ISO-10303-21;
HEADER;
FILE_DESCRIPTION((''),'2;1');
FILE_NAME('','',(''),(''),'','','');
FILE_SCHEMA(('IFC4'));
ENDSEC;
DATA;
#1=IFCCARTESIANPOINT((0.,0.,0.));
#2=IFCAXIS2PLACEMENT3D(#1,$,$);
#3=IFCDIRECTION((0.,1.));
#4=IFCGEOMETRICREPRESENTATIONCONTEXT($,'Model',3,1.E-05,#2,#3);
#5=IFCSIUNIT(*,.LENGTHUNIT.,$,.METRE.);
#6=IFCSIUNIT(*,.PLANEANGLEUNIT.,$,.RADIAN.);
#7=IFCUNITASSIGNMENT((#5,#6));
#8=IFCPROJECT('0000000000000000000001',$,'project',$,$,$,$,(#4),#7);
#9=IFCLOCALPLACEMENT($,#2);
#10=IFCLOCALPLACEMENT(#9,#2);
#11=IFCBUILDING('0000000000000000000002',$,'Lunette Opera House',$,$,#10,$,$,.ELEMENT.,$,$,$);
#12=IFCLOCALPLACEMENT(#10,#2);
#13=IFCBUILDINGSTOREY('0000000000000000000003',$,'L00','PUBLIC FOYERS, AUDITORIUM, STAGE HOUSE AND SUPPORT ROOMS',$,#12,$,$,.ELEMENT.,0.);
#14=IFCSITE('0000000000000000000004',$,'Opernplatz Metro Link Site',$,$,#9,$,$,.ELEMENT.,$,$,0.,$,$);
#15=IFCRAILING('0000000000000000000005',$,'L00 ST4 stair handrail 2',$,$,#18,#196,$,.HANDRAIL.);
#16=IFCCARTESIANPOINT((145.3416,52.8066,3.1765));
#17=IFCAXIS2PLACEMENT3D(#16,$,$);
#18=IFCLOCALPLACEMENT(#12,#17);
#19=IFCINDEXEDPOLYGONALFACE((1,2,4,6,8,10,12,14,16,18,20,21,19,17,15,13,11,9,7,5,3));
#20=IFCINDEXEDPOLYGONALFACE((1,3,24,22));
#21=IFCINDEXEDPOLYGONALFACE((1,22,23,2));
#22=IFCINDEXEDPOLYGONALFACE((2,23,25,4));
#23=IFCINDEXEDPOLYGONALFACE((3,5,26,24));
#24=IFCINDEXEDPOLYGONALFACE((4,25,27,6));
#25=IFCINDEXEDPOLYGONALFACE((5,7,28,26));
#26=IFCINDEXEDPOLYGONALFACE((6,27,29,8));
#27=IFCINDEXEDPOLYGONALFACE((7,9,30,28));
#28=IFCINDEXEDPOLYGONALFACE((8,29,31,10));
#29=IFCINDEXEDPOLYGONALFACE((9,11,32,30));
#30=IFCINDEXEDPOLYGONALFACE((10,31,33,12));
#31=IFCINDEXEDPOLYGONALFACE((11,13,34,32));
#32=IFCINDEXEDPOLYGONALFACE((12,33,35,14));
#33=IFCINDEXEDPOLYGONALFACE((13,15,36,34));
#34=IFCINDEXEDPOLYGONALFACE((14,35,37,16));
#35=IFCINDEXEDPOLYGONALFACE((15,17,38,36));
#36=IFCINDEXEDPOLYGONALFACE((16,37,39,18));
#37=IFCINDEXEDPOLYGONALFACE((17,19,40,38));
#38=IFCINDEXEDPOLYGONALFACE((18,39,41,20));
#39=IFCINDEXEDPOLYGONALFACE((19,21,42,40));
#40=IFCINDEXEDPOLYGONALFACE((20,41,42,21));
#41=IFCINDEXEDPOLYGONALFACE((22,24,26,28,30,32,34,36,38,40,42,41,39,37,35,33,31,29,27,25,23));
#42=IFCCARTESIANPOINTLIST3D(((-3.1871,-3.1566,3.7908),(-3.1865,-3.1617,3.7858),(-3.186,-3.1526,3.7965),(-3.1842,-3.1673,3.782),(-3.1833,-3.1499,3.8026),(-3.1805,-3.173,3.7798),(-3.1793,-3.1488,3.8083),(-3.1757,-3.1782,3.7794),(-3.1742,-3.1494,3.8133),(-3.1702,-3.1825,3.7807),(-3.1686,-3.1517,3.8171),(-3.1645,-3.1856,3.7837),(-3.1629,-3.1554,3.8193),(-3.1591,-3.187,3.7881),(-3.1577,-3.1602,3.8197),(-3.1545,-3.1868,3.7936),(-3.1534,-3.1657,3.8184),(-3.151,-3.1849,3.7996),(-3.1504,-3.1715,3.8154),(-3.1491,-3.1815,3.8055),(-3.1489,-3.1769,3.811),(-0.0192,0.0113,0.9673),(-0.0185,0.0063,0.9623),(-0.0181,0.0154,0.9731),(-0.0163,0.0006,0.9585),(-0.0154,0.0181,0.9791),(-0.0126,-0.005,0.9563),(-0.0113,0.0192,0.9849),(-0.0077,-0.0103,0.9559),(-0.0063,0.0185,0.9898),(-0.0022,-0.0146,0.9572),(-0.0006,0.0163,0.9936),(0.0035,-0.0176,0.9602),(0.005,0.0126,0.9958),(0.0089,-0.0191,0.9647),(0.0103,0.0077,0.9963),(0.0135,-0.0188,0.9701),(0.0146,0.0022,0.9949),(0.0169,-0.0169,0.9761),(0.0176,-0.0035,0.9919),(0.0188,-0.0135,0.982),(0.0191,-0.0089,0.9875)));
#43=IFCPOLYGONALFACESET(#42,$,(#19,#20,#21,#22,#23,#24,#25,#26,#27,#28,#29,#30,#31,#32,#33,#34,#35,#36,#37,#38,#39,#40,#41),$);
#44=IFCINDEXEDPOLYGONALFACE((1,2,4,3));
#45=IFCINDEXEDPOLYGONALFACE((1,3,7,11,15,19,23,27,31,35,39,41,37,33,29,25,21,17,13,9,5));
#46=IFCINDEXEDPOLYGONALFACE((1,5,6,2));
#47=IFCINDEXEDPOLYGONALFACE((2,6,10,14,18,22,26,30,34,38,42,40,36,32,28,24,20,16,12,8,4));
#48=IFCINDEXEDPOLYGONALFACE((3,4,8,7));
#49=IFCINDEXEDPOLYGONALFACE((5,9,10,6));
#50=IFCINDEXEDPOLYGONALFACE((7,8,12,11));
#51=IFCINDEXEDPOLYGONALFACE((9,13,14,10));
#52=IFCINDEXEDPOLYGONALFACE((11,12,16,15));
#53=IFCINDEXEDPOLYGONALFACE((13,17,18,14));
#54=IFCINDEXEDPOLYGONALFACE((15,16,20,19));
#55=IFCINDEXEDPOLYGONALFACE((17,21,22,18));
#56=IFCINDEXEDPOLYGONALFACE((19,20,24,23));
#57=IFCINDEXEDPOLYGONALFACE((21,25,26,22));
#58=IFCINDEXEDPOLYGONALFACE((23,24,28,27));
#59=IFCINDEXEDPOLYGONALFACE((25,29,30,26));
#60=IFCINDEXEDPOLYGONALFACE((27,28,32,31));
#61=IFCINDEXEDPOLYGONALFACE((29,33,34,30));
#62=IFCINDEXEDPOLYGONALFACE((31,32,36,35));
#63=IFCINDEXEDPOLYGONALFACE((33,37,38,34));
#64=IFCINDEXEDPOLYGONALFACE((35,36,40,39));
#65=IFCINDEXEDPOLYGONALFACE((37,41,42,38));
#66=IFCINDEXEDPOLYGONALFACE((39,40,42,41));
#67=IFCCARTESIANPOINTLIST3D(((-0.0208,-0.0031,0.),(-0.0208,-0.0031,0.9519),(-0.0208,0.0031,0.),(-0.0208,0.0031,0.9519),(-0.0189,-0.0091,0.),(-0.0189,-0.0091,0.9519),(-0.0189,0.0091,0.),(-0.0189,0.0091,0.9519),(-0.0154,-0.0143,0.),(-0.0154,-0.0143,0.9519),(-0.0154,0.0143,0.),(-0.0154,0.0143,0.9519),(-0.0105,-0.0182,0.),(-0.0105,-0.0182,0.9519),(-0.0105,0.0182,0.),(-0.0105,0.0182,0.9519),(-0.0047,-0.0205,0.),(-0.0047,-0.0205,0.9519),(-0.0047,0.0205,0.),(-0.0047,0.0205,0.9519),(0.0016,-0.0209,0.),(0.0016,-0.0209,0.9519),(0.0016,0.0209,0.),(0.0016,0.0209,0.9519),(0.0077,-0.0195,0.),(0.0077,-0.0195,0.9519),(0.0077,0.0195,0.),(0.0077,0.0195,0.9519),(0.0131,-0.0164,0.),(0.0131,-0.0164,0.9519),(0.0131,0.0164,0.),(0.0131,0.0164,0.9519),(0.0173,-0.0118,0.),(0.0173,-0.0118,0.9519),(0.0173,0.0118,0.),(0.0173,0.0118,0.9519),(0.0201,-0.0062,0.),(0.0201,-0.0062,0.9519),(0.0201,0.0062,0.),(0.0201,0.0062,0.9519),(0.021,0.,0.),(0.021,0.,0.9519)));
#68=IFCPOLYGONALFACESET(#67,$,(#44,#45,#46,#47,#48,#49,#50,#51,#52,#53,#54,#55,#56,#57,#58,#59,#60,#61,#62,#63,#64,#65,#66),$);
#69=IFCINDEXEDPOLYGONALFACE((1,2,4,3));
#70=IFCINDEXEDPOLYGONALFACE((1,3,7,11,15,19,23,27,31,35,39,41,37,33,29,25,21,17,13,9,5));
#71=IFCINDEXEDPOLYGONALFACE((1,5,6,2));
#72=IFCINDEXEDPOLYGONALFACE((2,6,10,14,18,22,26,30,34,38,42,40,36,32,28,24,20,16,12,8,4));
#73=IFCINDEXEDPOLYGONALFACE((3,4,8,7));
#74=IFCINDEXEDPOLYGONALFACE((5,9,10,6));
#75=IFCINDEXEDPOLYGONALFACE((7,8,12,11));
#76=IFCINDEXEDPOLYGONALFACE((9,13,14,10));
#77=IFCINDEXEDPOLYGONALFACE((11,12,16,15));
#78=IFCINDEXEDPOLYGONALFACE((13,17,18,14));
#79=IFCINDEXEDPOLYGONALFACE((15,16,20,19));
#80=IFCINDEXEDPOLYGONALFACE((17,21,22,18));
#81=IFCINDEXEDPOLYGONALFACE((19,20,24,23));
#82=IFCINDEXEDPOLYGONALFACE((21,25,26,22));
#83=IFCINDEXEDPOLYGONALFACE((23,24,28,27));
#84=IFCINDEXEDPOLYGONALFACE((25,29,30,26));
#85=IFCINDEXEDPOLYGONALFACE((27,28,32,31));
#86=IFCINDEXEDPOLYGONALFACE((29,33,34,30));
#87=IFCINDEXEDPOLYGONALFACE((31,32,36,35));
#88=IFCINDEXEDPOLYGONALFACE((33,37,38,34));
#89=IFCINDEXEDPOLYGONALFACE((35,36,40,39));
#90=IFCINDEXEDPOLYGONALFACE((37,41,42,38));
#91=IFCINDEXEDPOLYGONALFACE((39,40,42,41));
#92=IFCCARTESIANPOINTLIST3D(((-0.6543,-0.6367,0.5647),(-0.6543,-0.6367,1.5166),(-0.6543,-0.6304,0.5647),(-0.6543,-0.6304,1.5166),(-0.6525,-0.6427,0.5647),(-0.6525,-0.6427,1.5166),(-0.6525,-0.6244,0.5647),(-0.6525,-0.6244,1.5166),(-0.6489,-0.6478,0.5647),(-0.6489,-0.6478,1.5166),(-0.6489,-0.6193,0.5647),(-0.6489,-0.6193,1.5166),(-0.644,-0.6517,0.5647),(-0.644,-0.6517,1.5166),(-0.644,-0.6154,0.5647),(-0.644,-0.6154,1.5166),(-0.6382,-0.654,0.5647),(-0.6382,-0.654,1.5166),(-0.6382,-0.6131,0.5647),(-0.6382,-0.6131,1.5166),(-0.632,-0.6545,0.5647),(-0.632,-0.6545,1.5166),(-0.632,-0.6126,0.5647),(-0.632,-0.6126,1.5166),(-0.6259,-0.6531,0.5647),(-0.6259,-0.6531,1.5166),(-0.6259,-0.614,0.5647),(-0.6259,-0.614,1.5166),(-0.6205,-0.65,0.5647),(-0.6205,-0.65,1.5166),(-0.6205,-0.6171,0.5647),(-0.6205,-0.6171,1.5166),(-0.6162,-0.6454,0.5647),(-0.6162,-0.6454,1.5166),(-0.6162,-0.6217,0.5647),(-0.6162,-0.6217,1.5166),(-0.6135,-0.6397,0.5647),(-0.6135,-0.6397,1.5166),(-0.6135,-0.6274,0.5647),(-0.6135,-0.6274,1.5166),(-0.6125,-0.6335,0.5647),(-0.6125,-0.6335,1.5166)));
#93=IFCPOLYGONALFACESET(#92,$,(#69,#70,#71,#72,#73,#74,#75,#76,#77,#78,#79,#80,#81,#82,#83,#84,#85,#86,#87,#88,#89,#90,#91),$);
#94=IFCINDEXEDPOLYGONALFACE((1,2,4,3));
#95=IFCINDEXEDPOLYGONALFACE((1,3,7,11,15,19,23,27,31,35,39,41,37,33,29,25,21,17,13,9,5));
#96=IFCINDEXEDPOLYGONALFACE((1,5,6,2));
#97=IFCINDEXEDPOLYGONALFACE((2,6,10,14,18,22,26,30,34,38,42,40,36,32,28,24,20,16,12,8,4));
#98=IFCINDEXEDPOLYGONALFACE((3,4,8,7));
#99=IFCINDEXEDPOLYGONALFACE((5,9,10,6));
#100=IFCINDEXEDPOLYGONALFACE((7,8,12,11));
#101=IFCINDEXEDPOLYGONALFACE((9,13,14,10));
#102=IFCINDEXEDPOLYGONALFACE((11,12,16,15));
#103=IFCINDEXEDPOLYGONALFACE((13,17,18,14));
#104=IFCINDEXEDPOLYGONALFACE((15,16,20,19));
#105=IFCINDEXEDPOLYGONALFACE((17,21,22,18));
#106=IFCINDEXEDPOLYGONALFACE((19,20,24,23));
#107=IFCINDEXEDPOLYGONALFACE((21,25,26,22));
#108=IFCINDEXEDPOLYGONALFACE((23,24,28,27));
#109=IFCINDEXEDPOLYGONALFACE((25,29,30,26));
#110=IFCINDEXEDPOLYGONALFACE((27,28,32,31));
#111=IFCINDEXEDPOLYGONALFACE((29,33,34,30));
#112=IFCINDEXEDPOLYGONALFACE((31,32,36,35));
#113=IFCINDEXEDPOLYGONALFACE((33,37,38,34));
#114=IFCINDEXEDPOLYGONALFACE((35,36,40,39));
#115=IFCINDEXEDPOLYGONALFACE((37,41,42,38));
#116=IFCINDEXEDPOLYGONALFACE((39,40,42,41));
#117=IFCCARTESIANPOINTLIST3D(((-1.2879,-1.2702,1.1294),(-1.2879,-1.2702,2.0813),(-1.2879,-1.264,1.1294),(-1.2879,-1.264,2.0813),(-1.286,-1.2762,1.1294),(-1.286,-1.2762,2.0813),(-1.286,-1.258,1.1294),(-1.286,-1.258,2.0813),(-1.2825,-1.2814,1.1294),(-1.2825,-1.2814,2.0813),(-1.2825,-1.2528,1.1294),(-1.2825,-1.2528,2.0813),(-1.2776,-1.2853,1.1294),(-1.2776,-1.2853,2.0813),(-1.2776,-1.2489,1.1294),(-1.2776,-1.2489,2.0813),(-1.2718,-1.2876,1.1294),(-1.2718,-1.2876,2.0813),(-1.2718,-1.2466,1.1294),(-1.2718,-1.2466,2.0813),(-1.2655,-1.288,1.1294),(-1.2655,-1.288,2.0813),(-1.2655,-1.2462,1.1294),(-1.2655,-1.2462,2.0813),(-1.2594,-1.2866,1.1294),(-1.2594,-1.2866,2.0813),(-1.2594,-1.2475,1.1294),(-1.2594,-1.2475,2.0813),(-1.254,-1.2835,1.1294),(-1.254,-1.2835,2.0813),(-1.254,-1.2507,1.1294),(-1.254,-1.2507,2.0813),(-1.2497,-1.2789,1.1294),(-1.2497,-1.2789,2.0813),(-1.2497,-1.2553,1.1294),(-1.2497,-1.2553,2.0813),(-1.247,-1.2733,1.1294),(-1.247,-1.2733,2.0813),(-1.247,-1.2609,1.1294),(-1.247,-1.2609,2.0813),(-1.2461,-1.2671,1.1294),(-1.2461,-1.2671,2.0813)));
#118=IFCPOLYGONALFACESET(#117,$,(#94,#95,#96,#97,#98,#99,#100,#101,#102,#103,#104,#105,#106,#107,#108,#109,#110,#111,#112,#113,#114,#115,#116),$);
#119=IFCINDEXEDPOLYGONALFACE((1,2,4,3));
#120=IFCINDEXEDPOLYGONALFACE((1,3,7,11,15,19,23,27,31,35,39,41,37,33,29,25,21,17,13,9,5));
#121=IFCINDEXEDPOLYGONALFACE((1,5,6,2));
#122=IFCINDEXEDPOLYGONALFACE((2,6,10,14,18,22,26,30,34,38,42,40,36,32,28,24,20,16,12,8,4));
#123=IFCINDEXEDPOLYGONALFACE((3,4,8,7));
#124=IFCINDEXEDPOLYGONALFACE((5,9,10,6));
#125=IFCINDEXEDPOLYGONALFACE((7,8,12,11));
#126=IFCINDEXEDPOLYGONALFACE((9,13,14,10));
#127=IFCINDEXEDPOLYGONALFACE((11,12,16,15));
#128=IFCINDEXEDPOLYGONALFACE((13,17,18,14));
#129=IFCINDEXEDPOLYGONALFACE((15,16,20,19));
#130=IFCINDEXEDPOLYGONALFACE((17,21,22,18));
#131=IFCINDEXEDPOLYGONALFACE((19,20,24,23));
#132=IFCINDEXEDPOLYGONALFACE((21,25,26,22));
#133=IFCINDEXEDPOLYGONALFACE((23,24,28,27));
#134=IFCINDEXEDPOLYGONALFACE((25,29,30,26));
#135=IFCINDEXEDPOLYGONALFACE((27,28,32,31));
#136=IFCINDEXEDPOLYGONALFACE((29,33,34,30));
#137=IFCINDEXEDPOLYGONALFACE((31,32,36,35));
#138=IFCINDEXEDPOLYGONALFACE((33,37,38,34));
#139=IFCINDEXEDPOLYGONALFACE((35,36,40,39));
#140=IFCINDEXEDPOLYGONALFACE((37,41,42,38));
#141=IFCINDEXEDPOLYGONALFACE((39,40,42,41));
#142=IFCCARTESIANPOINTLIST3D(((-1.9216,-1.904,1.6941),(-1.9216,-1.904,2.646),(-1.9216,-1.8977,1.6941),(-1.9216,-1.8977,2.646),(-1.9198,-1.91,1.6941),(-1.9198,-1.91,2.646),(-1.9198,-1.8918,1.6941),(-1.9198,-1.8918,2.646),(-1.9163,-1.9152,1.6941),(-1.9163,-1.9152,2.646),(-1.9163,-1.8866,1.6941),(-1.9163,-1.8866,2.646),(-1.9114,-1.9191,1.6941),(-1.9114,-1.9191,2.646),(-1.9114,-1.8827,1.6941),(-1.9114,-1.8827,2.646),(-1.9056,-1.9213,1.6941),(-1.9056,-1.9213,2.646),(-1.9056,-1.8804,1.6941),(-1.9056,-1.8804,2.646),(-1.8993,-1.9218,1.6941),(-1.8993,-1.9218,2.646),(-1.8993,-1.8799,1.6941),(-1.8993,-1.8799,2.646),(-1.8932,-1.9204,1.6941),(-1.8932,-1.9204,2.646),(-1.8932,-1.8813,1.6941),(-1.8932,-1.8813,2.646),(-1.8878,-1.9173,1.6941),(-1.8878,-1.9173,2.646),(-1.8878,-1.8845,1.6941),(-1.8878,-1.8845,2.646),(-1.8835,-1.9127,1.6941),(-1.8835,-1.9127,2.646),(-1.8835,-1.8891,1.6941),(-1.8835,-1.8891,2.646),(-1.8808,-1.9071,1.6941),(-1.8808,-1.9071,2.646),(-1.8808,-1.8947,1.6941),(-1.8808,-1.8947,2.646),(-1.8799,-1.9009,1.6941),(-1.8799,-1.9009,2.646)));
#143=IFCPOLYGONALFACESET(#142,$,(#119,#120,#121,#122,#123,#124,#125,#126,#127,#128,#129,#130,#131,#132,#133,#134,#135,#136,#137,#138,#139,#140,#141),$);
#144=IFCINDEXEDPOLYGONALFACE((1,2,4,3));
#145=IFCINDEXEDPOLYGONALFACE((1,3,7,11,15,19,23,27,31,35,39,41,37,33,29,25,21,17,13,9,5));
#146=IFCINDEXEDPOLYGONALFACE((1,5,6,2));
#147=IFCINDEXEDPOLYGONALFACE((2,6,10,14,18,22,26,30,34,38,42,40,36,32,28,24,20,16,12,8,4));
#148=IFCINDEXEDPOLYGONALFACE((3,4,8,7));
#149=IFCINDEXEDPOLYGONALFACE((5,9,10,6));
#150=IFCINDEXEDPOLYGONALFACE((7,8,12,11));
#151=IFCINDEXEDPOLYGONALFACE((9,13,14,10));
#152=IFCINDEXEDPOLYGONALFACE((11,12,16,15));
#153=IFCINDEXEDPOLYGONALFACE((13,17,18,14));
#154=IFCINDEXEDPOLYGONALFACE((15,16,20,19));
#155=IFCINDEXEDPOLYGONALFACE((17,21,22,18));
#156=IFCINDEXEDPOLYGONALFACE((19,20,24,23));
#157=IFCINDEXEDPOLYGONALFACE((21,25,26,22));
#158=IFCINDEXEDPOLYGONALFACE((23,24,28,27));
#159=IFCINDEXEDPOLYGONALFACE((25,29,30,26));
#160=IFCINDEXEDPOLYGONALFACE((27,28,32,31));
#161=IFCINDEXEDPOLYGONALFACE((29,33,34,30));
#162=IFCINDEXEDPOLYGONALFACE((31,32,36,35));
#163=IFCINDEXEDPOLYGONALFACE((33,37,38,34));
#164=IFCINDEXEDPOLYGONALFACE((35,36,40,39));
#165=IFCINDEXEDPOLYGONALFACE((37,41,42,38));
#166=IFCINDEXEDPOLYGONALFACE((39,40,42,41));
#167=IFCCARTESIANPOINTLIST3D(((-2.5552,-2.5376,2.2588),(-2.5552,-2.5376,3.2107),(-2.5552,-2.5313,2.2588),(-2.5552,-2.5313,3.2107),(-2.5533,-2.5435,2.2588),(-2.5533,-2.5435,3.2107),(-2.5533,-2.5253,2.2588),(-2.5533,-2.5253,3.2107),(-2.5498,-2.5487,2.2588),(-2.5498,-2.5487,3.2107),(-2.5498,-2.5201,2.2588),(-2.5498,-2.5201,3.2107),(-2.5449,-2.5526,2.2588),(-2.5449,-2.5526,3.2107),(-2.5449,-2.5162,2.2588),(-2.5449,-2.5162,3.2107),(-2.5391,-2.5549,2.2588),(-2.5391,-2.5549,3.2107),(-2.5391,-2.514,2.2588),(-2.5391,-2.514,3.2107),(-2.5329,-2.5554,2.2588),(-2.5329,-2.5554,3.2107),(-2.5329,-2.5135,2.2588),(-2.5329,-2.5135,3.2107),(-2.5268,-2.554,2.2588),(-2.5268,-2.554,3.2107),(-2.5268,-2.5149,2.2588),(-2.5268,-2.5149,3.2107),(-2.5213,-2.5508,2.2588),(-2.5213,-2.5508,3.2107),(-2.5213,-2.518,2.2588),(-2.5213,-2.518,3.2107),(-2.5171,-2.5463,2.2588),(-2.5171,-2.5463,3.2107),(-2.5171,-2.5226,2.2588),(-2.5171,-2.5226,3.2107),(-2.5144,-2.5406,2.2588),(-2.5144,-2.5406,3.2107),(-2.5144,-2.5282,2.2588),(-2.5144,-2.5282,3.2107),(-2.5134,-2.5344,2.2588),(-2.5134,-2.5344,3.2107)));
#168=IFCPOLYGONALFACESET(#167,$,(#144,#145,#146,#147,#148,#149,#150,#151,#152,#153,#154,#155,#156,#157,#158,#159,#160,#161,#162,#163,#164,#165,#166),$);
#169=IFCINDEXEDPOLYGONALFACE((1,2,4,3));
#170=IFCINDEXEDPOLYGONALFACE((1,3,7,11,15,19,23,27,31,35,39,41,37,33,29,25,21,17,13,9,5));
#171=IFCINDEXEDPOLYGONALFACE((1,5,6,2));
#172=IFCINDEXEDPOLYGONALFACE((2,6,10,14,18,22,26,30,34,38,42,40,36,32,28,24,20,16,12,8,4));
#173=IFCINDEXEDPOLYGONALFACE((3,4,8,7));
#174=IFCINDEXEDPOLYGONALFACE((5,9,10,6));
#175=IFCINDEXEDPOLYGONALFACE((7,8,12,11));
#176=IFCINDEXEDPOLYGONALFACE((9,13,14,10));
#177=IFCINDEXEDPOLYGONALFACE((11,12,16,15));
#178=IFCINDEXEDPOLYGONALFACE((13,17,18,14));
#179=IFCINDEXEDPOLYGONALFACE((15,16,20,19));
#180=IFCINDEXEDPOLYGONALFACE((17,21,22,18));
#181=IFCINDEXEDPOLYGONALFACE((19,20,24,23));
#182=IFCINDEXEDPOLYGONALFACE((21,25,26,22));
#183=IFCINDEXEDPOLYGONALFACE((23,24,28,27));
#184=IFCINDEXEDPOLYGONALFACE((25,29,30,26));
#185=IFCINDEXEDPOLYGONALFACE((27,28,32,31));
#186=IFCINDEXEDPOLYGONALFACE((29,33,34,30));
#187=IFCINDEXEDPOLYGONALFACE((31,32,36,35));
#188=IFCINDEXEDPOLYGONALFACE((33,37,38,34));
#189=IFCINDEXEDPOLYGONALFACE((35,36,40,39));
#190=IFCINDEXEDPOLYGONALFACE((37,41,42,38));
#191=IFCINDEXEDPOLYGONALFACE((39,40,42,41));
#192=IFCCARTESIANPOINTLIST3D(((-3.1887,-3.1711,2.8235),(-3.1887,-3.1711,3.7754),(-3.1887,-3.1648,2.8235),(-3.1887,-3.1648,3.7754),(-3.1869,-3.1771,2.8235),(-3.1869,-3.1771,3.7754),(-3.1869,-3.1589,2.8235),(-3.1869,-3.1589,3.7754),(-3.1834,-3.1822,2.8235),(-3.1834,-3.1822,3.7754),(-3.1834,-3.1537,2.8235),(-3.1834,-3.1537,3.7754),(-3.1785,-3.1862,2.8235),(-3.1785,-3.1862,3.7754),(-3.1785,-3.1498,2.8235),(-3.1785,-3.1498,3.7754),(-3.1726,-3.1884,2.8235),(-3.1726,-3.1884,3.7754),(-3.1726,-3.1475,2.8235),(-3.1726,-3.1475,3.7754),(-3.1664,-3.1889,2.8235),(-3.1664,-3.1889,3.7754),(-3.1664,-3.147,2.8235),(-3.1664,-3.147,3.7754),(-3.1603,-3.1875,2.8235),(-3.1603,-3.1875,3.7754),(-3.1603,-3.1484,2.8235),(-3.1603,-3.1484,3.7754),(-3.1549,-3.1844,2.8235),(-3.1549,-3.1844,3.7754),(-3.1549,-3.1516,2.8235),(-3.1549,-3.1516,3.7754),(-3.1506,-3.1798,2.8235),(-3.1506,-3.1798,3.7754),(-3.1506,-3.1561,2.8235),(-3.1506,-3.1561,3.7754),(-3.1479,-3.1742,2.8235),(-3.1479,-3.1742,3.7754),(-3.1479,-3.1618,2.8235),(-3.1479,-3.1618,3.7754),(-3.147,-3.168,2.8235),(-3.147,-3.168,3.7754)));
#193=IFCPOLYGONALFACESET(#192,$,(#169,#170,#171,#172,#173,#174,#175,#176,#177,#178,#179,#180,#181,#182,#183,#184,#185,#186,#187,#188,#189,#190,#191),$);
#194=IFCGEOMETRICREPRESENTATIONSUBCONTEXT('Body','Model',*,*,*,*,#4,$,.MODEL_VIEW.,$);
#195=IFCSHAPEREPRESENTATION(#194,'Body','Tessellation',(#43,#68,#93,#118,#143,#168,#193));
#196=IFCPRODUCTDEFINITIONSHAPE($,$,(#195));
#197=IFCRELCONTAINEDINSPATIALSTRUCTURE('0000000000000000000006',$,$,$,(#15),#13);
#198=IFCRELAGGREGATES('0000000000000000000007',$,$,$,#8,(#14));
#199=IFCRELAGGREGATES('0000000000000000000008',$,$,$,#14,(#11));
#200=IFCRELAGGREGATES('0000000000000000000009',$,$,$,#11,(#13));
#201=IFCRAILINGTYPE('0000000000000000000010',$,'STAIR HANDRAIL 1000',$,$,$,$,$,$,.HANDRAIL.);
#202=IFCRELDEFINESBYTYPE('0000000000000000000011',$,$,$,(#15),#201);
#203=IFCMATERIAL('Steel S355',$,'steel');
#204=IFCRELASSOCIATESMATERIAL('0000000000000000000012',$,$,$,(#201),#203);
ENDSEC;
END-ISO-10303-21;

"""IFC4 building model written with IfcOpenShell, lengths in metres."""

from ifc_helpers import new_model, si_unit, direction, frame, origin, origin_2d, place, context, subcontext, project, spatial, circle, extrude, material, type_object, element, save


model = new_model("IFC4")

# Units and contexts
model_context = context("Model", 3, precision=1e-05, world=origin(), true_north=direction((0.0, 1.0)))
body_context = subcontext(model_context, "Body", "Model", "MODEL_VIEW")
ifc_project = project(units=[si_unit("LENGTHUNIT", "METRE"), si_unit("PLANEANGLEUNIT", "RADIAN")], contexts=[model_context])

# Site, building, storey
site_placement = place(None, origin())
site = spatial("IfcSite", under=ifc_project, at=site_placement, Name="Opernplatz Metro Link Site", CompositionType="ELEMENT", RefElevation=0.0)
building_placement = place(site_placement, origin())
building = spatial("IfcBuilding", under=site, at=building_placement, Name="Lunette Opera House", CompositionType="ELEMENT")
storey_placement = place(building_placement, origin())
storey = spatial("IfcBuildingStorey", under=building, at=storey_placement, Name="L00", Description="PUBLIC FOYERS, AUDITORIUM, STAGE HOUSE AND SUPPORT ROOMS", CompositionType="ELEMENT", Elevation=0.0)

# Railing
ifc_material_1 = material(Name="Steel S355", Category="steel")
railing_type_1 = type_object("IfcRailingType", Name="STAIR HANDRAIL 1000", PredefinedType="HANDRAIL", material=ifc_material_1)
railing_1_placement = place(storey_placement, frame((145.3416, 52.8066, 3.1765)))
element("IfcRailing", 1, at=railing_1_placement, inside=storey, type_object=railing_type_1, Name="L00 ST4 stair handrail 2", PredefinedType="HANDRAIL", context=body_context, shape_type="SweptSolid", body=[
    extrude(circle(Radius=0.0239, at=origin_2d()), frame((0.0, 0.0, 0.9761), z_axis=(-0.598219, -0.598219, 0.533169), x_axis=(0.707107, -0.707107, 0.0)), (0.0, 0.0, 1.0), 5.2957),
    extrude(circle(Radius=0.021, at=origin_2d()), origin(), (0.0, 0.0, 1.0), 0.9519),
    extrude(circle(Radius=0.021, at=origin_2d()), frame((-0.6335, -0.6335, 0.5647)), (0.0, 0.0, 1.0), 0.9519),
    extrude(circle(Radius=0.021, at=origin_2d()), frame((-1.2671, -1.2671, 1.1294)), (0.0, 0.0, 1.0), 0.9519),
    extrude(circle(Radius=0.021, at=origin_2d()), frame((-1.9009, -1.9009, 1.6941)), (0.0, 0.0, 1.0), 0.9519),
    extrude(circle(Radius=0.021, at=origin_2d()), frame((-2.5344, -2.5344, 2.2588)), (0.0, 0.0, 1.0), 0.9519),
    extrude(circle(Radius=0.021, at=origin_2d()), frame((-3.168, -3.168, 2.8235)), (0.0, 0.0, 1.0), 0.9519),
])

save(model, "model.ifc")
